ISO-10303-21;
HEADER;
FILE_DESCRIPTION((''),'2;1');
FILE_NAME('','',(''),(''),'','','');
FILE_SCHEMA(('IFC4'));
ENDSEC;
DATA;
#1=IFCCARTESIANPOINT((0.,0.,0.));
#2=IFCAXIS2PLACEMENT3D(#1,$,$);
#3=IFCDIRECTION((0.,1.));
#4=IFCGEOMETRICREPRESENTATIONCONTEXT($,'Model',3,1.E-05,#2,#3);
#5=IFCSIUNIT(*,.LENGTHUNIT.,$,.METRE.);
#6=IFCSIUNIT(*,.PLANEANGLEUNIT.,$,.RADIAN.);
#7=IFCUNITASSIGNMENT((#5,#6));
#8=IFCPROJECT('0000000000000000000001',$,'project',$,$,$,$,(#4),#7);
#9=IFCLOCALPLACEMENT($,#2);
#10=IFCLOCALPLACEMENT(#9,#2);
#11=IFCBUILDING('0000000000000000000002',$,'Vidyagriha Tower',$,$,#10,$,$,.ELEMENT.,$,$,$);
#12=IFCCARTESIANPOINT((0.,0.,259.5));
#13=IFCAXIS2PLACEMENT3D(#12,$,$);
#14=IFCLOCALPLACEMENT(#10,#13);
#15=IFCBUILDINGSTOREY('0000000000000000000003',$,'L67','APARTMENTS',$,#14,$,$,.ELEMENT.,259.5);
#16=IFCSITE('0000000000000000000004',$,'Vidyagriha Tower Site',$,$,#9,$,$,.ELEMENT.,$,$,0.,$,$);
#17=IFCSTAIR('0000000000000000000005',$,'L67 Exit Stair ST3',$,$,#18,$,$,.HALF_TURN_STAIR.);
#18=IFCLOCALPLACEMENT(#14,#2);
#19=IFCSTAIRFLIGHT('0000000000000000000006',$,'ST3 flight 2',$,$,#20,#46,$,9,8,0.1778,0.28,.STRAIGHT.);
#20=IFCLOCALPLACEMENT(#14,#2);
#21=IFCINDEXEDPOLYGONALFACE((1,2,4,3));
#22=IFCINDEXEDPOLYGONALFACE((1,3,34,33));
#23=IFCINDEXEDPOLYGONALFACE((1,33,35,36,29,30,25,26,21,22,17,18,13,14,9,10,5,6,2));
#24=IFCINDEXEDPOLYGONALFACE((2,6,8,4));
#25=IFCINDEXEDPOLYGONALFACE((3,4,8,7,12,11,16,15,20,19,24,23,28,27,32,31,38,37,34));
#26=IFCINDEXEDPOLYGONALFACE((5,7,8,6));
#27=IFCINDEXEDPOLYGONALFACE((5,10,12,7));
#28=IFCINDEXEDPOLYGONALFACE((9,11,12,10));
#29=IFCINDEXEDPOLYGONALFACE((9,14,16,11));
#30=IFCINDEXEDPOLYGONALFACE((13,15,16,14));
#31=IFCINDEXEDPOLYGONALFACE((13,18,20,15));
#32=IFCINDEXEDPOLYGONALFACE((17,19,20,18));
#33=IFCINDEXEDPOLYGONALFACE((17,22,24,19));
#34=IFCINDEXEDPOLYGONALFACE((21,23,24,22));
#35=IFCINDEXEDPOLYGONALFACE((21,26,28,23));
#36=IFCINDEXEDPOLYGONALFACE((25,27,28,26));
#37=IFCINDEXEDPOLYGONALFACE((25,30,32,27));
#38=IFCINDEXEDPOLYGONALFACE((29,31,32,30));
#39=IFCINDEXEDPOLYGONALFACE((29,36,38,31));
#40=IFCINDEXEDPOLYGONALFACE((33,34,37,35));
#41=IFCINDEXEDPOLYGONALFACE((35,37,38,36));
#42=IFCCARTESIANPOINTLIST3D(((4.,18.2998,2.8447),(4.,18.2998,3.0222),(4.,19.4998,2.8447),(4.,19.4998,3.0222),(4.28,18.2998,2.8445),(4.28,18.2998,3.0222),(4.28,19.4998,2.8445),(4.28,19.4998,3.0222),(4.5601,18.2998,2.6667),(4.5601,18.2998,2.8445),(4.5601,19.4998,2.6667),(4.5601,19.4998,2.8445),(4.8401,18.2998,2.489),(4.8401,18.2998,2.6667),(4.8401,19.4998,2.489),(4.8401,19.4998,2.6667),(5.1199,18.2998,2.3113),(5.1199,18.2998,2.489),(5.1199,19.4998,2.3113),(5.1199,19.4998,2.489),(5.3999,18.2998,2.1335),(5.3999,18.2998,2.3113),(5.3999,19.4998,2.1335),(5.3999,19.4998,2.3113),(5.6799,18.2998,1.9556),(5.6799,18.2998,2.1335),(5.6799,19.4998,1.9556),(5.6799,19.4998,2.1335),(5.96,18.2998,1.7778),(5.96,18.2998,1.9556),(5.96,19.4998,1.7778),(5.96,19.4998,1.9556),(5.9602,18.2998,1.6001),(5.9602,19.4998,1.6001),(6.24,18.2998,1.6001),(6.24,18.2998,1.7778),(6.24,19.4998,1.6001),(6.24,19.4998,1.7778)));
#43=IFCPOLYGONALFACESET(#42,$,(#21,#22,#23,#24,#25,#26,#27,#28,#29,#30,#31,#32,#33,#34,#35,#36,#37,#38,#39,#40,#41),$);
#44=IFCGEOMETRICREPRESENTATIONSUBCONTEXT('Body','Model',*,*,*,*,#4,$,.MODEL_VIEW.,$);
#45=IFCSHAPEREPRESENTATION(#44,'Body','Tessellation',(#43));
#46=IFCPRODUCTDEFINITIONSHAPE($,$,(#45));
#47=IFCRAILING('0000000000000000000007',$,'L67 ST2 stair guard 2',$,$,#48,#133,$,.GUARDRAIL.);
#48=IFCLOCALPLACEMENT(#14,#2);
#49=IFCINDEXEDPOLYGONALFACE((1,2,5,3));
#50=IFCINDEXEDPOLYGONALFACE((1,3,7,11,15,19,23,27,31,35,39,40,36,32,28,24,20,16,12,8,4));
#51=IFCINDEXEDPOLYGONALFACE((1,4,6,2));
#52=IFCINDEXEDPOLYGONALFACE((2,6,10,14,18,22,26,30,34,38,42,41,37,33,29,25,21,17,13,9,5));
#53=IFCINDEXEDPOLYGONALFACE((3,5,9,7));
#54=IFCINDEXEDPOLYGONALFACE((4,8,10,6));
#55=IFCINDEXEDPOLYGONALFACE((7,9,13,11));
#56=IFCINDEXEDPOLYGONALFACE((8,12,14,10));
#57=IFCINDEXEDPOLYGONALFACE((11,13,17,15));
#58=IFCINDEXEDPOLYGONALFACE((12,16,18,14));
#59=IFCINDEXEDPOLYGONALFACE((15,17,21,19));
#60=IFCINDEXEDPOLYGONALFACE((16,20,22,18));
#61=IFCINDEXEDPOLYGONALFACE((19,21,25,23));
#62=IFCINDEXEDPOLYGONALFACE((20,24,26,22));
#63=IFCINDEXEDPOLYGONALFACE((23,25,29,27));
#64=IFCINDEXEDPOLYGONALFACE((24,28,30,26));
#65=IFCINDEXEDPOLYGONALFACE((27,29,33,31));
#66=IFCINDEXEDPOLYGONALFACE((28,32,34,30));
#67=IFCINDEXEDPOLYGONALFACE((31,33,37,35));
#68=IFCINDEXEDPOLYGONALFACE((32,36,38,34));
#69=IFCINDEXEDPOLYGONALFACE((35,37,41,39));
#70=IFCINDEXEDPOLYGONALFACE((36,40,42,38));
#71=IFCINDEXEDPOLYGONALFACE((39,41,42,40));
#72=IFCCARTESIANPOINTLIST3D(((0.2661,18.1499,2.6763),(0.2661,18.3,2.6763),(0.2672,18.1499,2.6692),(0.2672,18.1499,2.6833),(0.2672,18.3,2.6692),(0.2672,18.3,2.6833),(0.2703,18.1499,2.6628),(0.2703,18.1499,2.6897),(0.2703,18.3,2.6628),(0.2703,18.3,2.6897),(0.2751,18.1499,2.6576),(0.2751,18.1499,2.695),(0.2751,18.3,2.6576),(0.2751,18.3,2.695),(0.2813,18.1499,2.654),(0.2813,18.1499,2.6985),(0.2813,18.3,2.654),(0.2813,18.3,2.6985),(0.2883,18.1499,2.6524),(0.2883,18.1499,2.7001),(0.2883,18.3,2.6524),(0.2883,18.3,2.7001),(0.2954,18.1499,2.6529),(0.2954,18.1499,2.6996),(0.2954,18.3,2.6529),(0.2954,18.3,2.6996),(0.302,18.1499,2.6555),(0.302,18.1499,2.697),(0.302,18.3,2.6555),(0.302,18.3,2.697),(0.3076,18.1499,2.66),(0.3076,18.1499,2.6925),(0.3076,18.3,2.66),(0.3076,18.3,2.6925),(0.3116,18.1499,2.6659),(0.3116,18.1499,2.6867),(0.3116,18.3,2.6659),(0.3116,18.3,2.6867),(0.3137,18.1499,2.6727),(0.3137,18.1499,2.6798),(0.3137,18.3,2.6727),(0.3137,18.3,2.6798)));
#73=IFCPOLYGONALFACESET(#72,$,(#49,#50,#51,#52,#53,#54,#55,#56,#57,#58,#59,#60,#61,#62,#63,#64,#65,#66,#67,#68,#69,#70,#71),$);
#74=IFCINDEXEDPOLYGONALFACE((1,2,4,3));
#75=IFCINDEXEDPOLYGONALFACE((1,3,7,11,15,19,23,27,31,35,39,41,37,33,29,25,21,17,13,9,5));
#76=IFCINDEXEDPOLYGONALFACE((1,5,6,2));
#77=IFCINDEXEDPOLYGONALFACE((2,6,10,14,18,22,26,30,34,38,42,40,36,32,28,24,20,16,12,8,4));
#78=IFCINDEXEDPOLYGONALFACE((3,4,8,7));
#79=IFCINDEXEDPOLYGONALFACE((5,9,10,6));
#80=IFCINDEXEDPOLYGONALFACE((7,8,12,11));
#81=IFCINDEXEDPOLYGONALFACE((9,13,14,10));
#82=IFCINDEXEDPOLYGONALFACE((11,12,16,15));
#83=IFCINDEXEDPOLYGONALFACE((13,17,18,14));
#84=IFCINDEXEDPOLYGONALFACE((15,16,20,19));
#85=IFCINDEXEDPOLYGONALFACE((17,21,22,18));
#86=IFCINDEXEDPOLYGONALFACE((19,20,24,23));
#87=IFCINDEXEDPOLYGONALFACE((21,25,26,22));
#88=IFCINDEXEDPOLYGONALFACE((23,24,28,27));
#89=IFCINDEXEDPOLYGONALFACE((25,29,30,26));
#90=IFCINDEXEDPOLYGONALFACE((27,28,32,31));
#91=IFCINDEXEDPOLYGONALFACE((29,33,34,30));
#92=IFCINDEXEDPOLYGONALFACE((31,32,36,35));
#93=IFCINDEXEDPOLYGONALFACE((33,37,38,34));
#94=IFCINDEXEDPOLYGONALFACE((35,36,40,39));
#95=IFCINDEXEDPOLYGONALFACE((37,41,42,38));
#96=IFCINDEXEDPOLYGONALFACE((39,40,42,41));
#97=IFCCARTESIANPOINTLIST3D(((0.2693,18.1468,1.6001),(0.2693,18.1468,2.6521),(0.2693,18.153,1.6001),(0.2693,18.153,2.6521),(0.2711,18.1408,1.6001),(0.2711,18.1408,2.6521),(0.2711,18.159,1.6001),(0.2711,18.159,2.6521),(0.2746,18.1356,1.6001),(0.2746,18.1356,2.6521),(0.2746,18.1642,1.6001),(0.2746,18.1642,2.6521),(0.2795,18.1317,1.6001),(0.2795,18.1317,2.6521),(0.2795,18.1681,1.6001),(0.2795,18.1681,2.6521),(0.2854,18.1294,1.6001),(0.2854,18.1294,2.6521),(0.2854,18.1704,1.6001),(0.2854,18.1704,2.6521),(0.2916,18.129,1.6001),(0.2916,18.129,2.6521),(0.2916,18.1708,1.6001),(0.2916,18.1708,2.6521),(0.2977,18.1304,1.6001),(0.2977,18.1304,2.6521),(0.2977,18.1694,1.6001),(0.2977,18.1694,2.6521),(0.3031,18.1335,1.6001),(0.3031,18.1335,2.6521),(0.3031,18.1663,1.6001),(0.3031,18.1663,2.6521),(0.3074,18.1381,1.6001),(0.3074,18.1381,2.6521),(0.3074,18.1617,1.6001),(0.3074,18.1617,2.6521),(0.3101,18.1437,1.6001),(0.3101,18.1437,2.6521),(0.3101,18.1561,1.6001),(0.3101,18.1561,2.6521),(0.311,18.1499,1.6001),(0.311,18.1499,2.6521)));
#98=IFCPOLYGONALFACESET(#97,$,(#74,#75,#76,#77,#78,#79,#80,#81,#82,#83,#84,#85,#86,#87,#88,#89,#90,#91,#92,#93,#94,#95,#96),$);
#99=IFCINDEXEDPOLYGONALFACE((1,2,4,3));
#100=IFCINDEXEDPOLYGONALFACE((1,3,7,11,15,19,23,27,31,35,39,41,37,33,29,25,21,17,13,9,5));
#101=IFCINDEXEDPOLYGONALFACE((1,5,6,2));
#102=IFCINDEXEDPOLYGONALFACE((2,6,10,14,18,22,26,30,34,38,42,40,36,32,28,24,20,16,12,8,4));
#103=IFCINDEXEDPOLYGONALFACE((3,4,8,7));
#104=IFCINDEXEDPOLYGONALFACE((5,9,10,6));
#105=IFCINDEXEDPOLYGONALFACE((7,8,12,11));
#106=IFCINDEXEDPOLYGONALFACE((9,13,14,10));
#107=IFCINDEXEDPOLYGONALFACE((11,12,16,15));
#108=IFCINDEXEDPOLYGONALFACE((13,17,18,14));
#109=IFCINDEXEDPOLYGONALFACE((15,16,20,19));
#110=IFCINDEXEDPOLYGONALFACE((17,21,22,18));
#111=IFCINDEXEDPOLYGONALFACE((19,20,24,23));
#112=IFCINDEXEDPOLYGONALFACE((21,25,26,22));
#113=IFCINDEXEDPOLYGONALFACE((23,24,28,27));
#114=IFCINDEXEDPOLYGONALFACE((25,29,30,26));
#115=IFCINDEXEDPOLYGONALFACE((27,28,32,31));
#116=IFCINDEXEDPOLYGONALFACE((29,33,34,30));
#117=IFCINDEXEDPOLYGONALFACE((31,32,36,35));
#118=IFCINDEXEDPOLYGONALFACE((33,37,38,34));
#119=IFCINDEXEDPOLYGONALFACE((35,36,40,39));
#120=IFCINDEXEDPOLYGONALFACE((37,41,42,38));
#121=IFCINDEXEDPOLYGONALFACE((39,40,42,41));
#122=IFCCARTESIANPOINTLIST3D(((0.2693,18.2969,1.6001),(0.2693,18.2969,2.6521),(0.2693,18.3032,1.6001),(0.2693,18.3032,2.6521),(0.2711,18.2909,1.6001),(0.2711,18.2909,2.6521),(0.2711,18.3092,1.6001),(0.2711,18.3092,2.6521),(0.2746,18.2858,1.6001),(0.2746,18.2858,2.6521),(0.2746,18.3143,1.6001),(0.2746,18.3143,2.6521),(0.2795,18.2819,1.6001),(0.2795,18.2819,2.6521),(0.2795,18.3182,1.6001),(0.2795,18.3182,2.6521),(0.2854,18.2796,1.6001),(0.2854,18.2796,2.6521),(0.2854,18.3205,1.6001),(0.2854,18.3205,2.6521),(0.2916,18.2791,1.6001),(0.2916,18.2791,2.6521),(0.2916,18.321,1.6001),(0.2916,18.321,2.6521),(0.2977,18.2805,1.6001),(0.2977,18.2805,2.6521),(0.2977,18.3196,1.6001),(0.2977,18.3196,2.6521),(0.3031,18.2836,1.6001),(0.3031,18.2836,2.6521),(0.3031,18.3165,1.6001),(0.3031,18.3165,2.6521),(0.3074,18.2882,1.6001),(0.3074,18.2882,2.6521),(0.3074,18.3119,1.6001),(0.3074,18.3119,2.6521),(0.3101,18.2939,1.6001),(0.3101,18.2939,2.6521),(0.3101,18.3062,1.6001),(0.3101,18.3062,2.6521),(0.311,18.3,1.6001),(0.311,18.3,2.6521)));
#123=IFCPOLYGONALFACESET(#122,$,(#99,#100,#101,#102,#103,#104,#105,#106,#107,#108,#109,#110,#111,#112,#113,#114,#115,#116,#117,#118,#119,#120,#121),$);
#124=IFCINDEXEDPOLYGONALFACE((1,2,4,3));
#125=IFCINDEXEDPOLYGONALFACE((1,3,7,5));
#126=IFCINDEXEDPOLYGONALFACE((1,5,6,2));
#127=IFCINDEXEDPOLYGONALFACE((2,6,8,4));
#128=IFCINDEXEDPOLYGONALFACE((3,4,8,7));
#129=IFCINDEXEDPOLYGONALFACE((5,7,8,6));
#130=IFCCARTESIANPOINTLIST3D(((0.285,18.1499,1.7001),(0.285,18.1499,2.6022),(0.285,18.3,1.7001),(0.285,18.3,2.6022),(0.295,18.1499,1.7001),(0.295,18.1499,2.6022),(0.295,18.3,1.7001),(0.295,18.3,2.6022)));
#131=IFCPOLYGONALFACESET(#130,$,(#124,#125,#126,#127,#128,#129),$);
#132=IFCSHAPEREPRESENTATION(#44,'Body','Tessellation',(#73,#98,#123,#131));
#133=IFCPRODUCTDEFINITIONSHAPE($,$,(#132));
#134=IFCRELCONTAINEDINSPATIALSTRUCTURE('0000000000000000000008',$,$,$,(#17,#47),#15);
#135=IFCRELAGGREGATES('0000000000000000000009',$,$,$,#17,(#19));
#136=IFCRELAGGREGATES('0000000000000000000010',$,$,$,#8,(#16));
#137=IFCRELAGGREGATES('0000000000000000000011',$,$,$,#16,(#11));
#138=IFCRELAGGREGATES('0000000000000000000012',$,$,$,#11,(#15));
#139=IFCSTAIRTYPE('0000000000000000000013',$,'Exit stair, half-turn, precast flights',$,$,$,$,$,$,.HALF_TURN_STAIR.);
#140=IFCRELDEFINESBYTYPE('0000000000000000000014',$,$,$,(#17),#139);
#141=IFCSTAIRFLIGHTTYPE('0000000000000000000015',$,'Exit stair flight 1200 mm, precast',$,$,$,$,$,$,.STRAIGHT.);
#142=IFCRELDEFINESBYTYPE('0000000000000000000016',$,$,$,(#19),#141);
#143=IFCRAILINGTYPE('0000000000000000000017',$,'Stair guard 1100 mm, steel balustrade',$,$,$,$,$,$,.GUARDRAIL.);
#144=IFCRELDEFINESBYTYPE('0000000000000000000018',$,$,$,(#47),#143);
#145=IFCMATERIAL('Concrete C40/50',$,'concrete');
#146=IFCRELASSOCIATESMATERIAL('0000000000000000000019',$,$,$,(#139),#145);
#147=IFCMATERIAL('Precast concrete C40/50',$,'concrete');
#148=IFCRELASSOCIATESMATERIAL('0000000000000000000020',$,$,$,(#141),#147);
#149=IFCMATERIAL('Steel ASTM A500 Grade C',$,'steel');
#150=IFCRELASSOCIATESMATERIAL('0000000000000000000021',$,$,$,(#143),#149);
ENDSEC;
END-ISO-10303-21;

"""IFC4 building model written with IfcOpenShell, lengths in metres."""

from ifc_helpers import new_model, si_unit, direction, frame, origin, origin_2d, place, context, subcontext, project, spatial, polyline, rectangle, circle, outline, extrude, material, type_object, element, aggregate, save


model = new_model("IFC4")

# Units and contexts
model_context = context("Model", 3, precision=1e-05, world=origin(), true_north=direction((0.0, 1.0)))
body_context = subcontext(model_context, "Body", "Model", "MODEL_VIEW")
ifc_project = project(units=[si_unit("LENGTHUNIT", "METRE"), si_unit("PLANEANGLEUNIT", "RADIAN")], contexts=[model_context])

# Site, building, storey
site_placement = place(None, origin())
site = spatial("IfcSite", under=ifc_project, at=site_placement, Name="Vidyagriha Tower Site", CompositionType="ELEMENT", RefElevation=0.0)
building_placement = place(site_placement, origin())
building = spatial("IfcBuilding", under=site, at=building_placement, Name="Vidyagriha Tower", CompositionType="ELEMENT")
storey_placement = place(building_placement, frame((0.0, 0.0, 259.5)))
storey = spatial("IfcBuildingStorey", under=building, at=storey_placement, Name="L67", Description="APARTMENTS", CompositionType="ELEMENT", Elevation=259.5)

# Stair, stair flight
ifc_material_1 = material(Name="Concrete C40/50", Category="concrete")
stair_type = type_object("IfcStairType", Name="Exit stair, half-turn, precast flights", PredefinedType="HALF_TURN_STAIR", material=ifc_material_1)
ifc_material_2 = material(Name="Precast concrete C40/50", Category="concrete")
stair_flight_type = type_object("IfcStairFlightType", Name="Exit stair flight 1200 mm, precast", PredefinedType="STRAIGHT", material=ifc_material_2)
stair_1_placement = place(storey_placement, origin())
stair_1 = element("IfcStair", 1, at=stair_1_placement, inside=storey, type_object=stair_type, Name="L67 Exit Stair ST3", PredefinedType="HALF_TURN_STAIR")
stair_flight_1_placement = place(storey_placement, frame((6.24, 18.8999, 1.6001), z_axis=(0.0, 0.0, 1.0), x_axis=(-1.0, 0.0, 0.0)))
stair_flight_1 = element("IfcStairFlight", 2, at=stair_flight_1_placement, type_object=stair_flight_type, Name="ST3 flight 2", NumberOfRisers=9, NumberOfTreads=8, PredefinedType="STRAIGHT", RiserHeight=0.1778, TreadLength=0.28, context=body_context, shape_type="SweptSolid", body=[
    extrude(outline(polyline([(0.0, 0.0), (0.0, 0.1777), (0.28, 0.1777), (0.28, 0.3555), (0.5601, 0.3555), (0.5601, 0.5334), (0.8401, 0.5334), (0.8401, 0.7112), (1.1201, 0.7112), (1.1201, 0.8889), (1.3999, 0.8889), (1.3999, 1.0667), (1.6799, 1.0667), (1.6799, 1.2444), (1.96, 1.2444), (1.96, 1.4221), (2.24, 1.4221), (2.24, 1.6001), (2.24, 1.2446), (0.2798, 0.0), (0.0, 0.0)])), frame((0.0, 0.6001, 0.0), z_axis=(0.0, -1.0, 0.0), x_axis=(1.0, 0.0, 0.0)), (0.0, 0.0, 1.0), 1.2),
])
aggregate(stair_1, [stair_flight_1])

# Railing
ifc_material_3 = material(Name="Steel ASTM A500 Grade C", Category="steel")
railing_type_1 = type_object("IfcRailingType", Name="Stair guard 1100 mm, steel balustrade", PredefinedType="GUARDRAIL", material=ifc_material_3)
railing_1_placement = place(storey_placement, frame((0.29, 18.1499, 1.6001)))
element("IfcRailing", 3, at=railing_1_placement, inside=storey, type_object=railing_type_1, Name="L67 ST2 stair guard 2", PredefinedType="GUARDRAIL", context=body_context, shape_type="SweptSolid", body=[
    extrude(circle(Radius=0.0239, at=origin_2d()), frame((0.0, 0.0, 1.0762), z_axis=(0.0, 1.0, 0.0), x_axis=(-1.0, 0.0, 0.0)), (0.0, 0.0, 1.0), 0.1501),
    extrude(circle(Radius=0.021, at=origin_2d()), origin(), (0.0, 0.0, 1.0), 1.052),
    extrude(circle(Radius=0.021, at=origin_2d()), frame((0.0, 0.1501, 0.0)), (0.0, 0.0, 1.0), 1.052),
    extrude(rectangle(XDim=0.01, YDim=0.9021, at=origin_2d()), frame((0.0, 0.0, 0.551), z_axis=(0.0, 1.0, 0.0), x_axis=(-1.0, 0.0, 0.0)), (0.0, 0.0, 1.0), 0.1501),
])

save(model, "model.ifc")
